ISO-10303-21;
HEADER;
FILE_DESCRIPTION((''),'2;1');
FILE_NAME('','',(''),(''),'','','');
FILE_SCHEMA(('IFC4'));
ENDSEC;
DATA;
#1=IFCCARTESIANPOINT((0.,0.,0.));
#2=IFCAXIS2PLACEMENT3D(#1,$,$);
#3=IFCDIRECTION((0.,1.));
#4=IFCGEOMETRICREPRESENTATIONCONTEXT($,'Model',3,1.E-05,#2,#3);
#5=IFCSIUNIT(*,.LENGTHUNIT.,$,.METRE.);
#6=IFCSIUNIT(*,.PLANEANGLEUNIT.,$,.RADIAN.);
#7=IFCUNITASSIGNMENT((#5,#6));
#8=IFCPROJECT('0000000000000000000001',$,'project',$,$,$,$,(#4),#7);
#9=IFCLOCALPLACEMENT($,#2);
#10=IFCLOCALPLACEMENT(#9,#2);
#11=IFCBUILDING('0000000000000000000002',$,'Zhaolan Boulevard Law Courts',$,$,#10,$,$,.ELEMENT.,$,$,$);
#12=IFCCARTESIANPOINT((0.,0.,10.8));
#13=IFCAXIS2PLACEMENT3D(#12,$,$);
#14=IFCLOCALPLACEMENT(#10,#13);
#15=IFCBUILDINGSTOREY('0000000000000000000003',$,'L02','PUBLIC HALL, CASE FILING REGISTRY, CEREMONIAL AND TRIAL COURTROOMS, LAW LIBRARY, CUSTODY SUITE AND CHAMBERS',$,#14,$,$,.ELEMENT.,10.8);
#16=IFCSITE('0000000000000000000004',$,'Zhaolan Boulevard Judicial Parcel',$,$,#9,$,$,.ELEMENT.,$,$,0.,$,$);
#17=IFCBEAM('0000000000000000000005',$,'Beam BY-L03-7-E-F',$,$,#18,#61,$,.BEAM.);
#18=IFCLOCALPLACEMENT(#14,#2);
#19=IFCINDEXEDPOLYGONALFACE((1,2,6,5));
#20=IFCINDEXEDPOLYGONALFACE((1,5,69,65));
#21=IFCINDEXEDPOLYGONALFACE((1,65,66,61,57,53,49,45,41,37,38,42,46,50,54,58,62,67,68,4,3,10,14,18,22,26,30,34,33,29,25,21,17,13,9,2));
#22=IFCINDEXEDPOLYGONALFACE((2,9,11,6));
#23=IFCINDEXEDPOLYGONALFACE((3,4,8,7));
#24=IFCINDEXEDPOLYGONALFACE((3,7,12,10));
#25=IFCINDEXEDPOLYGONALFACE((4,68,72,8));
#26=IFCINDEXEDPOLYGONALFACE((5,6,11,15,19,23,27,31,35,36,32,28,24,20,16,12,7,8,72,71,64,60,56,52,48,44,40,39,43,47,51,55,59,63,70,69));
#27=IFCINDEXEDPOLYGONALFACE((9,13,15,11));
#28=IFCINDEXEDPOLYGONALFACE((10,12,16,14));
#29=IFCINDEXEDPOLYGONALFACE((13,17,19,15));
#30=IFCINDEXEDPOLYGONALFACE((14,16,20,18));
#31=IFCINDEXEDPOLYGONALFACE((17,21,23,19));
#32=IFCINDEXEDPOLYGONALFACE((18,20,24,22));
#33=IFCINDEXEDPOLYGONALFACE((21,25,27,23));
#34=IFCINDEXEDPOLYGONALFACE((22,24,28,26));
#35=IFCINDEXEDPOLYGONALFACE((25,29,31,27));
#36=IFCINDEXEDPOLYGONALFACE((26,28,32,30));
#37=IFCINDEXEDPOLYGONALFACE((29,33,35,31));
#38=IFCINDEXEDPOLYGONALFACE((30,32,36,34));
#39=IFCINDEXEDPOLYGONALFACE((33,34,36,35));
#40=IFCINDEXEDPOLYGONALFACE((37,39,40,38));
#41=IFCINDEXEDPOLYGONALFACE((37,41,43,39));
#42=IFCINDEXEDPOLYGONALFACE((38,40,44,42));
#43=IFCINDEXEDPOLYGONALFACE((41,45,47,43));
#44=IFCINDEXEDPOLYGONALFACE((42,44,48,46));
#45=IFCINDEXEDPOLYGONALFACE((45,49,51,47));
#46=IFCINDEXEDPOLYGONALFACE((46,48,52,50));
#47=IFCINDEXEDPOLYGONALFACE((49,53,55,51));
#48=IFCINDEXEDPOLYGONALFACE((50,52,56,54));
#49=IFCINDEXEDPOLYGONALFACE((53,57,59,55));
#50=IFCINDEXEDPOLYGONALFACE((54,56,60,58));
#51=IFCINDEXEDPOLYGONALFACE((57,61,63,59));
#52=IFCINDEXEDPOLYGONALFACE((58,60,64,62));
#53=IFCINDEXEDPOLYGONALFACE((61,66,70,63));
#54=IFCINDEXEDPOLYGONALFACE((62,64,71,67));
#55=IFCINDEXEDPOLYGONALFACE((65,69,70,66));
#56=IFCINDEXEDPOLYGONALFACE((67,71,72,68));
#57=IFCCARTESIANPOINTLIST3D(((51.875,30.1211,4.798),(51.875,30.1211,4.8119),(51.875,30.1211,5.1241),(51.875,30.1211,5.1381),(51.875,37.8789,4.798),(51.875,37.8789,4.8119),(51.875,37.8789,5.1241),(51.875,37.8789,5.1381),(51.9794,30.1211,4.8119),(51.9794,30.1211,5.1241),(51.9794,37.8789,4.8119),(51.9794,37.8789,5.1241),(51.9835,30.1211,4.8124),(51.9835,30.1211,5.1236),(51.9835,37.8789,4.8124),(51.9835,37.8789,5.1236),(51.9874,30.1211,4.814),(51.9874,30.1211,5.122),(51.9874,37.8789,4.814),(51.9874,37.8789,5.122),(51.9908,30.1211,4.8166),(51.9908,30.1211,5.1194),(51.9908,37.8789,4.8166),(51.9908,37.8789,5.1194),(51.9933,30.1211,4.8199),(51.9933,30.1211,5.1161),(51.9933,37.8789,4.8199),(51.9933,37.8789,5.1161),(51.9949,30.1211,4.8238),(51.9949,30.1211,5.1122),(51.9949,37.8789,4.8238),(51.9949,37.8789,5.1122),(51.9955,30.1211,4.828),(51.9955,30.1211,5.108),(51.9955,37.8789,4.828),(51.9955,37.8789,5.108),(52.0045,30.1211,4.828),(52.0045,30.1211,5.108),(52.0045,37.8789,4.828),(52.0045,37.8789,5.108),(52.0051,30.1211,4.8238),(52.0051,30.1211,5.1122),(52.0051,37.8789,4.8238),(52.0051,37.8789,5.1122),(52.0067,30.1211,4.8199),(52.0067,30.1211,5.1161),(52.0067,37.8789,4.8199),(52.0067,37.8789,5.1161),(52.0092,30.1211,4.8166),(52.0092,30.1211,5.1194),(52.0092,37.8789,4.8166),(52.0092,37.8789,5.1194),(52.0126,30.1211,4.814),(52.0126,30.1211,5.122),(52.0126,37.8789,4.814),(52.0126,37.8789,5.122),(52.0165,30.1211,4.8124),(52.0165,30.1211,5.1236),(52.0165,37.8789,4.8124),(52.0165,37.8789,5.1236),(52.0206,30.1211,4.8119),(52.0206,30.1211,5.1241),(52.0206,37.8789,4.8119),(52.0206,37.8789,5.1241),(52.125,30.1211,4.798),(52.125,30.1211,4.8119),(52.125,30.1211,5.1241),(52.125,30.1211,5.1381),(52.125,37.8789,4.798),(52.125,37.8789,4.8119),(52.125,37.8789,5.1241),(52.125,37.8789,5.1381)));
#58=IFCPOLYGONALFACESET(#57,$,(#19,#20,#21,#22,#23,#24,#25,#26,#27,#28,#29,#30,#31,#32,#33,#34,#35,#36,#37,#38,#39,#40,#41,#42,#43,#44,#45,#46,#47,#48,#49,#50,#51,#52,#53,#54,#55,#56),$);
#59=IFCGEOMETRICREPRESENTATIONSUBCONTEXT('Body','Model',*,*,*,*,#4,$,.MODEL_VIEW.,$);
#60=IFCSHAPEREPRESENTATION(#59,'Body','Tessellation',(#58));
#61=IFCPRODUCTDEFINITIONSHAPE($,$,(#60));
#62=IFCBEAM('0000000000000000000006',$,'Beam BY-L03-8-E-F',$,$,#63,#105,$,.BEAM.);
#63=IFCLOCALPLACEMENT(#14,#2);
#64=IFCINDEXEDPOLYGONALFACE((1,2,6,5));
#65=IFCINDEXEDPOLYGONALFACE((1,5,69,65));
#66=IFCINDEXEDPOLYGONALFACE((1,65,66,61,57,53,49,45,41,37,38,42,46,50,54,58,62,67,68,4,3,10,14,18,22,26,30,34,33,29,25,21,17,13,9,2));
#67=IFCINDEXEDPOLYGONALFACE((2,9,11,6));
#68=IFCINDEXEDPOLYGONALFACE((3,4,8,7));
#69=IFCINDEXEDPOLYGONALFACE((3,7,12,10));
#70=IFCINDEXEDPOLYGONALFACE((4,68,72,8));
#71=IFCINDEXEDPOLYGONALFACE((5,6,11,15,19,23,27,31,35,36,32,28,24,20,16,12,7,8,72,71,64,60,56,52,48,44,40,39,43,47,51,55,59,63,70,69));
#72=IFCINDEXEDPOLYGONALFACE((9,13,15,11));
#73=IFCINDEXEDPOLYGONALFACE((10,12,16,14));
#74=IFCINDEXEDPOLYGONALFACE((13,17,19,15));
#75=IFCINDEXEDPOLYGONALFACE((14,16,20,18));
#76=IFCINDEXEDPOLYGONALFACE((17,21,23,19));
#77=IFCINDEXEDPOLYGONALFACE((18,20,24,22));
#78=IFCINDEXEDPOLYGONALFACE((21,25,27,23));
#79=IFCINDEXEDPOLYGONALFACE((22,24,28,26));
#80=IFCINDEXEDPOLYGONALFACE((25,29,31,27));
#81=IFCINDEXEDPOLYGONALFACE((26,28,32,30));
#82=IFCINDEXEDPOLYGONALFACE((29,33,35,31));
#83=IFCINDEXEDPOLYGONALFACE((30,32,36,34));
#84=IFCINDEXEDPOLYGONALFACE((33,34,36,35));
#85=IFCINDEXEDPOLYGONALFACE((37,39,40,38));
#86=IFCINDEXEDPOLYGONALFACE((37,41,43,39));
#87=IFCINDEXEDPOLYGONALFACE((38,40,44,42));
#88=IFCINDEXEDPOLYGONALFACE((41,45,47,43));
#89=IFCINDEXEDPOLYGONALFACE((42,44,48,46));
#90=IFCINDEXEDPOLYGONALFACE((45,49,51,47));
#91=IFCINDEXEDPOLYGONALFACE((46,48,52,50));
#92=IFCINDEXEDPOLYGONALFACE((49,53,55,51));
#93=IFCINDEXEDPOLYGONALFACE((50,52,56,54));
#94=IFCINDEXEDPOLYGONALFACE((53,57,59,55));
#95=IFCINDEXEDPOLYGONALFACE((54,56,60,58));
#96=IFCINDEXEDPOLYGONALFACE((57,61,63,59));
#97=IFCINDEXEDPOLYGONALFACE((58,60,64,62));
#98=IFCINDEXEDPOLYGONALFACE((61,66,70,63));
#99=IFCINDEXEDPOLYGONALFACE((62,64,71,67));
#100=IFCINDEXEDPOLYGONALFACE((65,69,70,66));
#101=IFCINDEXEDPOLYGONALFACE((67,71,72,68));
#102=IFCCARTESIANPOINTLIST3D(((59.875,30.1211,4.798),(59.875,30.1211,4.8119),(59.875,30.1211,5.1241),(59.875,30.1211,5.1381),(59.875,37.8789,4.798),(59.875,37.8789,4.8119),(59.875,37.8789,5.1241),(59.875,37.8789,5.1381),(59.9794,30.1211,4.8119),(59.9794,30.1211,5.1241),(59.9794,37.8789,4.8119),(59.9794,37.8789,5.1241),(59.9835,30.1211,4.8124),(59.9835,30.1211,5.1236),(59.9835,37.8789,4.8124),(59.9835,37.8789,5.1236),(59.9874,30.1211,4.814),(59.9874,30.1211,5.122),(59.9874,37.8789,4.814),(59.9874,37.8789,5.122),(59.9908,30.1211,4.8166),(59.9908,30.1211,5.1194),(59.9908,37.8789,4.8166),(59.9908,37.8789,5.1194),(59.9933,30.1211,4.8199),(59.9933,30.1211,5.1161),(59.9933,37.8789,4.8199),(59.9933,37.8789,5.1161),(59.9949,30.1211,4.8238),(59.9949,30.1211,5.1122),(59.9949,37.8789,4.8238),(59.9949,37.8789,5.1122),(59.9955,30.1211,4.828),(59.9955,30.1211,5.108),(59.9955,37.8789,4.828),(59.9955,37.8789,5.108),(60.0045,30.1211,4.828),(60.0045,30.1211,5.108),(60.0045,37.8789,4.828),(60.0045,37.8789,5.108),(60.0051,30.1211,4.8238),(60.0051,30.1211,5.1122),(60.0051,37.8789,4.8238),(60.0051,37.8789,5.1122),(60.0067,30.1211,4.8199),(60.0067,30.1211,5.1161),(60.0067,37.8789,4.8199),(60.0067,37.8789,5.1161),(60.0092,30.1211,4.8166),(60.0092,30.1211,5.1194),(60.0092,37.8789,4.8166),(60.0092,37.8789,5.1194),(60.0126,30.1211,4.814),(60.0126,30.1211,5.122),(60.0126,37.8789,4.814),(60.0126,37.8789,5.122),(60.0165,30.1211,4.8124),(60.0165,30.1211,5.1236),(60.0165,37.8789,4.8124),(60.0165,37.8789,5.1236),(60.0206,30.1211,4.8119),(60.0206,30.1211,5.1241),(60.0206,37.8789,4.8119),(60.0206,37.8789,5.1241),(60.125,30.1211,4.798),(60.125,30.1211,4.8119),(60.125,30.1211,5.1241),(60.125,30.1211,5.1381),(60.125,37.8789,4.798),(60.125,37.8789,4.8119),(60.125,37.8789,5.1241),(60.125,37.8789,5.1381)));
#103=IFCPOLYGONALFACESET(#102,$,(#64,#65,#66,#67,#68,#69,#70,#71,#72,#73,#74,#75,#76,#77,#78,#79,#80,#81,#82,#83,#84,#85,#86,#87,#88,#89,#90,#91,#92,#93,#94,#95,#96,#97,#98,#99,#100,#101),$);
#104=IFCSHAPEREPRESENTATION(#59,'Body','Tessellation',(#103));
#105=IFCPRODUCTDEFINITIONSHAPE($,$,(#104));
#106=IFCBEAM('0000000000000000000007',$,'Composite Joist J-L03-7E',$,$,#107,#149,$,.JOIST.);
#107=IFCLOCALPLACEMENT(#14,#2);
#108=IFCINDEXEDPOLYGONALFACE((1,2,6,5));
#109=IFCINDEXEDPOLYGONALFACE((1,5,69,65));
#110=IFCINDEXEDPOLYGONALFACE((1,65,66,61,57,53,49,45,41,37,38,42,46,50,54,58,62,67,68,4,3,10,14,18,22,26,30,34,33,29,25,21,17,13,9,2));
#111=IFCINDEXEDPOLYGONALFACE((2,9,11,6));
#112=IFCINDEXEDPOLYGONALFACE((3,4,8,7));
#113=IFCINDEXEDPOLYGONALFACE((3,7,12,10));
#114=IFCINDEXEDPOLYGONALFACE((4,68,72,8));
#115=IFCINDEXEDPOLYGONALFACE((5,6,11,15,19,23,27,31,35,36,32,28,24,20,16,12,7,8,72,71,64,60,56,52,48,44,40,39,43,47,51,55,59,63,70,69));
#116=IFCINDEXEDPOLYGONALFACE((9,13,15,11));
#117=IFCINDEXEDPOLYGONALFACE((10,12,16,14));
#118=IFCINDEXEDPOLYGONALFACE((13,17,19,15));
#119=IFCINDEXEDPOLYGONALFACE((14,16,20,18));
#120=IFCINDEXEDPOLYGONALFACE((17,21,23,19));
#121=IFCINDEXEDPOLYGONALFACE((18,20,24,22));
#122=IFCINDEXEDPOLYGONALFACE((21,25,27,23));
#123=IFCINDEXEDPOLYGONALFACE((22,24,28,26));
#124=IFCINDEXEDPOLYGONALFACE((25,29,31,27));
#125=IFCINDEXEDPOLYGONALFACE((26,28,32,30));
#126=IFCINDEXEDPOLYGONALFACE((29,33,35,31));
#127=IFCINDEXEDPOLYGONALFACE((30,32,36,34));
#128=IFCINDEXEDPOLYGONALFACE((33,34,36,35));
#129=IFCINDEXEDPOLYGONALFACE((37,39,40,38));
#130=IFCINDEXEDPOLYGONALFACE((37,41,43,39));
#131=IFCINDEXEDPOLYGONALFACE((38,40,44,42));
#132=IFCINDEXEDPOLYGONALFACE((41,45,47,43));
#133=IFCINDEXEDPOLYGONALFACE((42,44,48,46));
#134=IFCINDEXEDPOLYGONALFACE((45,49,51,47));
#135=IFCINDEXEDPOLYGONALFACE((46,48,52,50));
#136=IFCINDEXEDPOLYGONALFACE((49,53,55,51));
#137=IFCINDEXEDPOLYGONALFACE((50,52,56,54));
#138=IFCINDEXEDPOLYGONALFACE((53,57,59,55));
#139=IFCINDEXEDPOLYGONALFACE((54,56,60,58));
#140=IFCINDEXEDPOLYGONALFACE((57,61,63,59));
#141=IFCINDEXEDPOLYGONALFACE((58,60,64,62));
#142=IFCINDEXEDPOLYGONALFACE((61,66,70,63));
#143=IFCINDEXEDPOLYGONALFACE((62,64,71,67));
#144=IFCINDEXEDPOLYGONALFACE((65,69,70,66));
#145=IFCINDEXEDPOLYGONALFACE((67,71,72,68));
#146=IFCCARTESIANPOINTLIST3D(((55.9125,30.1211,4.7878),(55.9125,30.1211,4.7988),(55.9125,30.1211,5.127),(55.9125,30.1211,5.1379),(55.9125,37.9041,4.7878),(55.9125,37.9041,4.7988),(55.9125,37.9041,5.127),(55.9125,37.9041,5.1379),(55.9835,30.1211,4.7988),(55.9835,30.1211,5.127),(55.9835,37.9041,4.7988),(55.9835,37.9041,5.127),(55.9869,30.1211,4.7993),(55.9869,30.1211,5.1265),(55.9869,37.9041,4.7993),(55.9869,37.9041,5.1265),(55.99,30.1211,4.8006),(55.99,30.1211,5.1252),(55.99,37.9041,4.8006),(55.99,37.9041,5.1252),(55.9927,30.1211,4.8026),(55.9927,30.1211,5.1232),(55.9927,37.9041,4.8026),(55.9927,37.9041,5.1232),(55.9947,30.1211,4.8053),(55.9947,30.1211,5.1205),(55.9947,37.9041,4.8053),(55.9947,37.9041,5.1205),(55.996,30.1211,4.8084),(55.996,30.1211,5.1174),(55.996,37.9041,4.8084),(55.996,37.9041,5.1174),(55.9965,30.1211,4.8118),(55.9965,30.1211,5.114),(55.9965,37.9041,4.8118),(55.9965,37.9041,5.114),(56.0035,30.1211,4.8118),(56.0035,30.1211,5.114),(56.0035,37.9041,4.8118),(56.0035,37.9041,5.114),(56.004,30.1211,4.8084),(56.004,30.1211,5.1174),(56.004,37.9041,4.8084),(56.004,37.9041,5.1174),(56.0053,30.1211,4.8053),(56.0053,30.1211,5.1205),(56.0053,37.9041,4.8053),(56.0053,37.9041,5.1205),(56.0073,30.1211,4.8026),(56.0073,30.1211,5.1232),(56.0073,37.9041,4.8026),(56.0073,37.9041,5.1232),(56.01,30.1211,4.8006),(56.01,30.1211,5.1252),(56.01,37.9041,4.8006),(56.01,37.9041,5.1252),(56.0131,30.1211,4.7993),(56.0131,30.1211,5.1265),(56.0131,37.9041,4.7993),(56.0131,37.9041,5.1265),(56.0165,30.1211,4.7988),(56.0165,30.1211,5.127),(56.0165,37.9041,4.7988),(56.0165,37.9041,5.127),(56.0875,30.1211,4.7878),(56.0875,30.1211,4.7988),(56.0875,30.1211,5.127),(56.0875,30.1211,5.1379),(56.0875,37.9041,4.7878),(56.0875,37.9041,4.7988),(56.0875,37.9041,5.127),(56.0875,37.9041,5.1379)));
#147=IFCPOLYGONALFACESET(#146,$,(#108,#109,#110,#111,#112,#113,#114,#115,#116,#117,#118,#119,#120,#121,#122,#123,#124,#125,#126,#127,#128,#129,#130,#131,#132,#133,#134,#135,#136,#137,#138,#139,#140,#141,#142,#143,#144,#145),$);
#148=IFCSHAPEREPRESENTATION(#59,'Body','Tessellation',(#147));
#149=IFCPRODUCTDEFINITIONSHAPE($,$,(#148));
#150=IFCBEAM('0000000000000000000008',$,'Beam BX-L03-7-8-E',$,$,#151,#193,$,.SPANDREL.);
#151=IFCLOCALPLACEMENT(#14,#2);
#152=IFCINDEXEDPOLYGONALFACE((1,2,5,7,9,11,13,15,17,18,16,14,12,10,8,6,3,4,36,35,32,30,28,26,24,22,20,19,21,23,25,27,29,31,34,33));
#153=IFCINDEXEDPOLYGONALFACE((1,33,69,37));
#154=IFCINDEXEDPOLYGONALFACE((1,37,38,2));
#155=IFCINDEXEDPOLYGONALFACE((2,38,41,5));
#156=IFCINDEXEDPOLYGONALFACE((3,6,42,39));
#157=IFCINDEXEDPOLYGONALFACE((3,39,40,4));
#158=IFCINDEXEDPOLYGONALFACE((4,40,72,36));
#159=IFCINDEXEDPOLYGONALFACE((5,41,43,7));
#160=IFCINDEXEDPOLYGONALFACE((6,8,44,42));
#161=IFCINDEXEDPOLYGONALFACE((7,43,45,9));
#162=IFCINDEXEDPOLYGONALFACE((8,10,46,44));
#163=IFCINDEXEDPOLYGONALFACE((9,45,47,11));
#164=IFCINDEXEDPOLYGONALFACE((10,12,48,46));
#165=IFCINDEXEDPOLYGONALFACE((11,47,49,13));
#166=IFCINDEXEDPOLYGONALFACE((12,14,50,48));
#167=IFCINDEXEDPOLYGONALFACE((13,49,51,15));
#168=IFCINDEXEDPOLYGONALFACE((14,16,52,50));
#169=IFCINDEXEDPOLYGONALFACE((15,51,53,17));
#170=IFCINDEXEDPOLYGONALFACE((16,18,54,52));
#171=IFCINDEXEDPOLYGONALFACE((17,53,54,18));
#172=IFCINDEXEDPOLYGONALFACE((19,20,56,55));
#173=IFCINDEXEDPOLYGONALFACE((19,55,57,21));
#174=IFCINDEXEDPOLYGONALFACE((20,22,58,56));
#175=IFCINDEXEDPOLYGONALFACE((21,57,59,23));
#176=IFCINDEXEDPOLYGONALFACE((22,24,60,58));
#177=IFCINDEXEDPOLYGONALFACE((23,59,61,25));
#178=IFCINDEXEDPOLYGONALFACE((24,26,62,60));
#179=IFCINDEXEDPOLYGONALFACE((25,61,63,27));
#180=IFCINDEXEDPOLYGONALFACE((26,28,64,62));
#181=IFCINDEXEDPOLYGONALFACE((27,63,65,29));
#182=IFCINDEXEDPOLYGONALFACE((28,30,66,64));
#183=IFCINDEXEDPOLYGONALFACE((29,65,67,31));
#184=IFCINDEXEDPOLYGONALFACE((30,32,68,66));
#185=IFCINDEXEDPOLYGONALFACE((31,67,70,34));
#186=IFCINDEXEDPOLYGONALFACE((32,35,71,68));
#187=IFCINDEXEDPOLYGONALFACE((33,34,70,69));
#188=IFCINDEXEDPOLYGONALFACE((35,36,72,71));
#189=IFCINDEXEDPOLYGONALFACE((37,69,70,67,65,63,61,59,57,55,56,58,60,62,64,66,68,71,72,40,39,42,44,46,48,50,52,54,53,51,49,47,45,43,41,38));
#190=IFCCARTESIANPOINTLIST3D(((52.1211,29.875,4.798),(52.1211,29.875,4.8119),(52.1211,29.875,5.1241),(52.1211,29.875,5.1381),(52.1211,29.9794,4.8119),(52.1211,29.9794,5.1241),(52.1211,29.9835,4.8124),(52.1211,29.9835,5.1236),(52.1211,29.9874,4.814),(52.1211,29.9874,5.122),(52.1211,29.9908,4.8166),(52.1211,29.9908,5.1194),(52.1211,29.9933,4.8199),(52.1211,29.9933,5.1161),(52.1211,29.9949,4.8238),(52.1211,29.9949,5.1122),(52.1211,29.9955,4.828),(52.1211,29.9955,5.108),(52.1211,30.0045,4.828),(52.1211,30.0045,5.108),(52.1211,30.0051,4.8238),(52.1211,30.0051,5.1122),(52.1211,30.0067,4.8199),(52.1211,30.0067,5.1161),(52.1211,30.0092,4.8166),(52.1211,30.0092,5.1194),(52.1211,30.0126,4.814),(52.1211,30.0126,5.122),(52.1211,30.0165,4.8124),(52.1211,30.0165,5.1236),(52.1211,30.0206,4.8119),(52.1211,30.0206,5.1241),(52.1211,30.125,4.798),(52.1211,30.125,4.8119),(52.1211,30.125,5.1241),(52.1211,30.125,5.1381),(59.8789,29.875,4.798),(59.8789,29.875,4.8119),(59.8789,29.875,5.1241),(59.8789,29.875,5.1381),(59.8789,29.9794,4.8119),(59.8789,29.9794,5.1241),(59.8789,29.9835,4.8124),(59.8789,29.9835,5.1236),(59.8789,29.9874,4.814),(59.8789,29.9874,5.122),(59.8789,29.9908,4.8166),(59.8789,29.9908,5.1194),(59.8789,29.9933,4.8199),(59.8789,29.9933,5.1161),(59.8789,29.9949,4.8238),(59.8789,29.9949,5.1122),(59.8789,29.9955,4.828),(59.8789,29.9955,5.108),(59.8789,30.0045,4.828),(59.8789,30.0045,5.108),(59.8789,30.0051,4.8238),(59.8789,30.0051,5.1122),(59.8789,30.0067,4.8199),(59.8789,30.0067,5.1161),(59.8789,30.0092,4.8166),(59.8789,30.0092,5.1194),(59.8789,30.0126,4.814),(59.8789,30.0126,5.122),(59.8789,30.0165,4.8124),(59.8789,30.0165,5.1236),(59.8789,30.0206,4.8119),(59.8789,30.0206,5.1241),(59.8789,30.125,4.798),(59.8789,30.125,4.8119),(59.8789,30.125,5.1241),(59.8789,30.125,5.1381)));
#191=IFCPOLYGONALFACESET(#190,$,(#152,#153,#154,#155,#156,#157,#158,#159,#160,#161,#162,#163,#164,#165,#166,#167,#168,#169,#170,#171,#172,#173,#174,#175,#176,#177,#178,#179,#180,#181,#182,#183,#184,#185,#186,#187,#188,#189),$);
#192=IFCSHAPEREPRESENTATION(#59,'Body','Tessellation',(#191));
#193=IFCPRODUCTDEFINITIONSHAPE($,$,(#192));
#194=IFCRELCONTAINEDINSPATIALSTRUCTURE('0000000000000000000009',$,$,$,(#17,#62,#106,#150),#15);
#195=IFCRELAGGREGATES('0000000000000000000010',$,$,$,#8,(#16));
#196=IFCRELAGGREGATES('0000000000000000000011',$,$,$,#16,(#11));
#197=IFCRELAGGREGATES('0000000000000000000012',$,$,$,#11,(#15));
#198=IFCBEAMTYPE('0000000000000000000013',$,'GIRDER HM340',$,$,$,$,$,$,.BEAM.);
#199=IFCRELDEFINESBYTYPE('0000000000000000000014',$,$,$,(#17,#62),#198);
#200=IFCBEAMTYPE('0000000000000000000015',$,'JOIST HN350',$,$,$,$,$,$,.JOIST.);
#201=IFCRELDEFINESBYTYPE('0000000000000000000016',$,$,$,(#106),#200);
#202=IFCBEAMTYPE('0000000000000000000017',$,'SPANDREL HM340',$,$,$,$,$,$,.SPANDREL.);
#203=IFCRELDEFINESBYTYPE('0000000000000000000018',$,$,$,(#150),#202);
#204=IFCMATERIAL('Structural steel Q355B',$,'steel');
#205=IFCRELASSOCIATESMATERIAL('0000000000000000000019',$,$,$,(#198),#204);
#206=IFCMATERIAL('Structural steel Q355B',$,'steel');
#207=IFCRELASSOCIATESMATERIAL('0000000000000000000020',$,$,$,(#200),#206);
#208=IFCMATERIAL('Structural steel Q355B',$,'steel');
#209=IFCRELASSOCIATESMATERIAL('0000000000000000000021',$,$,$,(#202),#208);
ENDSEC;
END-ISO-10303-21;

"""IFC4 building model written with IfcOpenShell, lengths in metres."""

from ifc_helpers import new_model, si_unit, direction, frame, origin, origin_2d, place, context, subcontext, project, spatial, i_section, extrude, material, material_profile, profile_set, type_object, element, save


model = new_model("IFC4")

# Units and contexts
model_context = context("Model", 3, precision=1e-05, world=origin(), true_north=direction((0.0, 1.0)))
body_context = subcontext(model_context, "Body", "Model", "MODEL_VIEW")
ifc_project = project(units=[si_unit("LENGTHUNIT", "METRE"), si_unit("PLANEANGLEUNIT", "RADIAN")], contexts=[model_context])

# Site, building, storey
site_placement = place(None, origin())
site = spatial("IfcSite", under=ifc_project, at=site_placement, Name="Zhaolan Boulevard Judicial Parcel", CompositionType="ELEMENT", RefElevation=0.0)
building_placement = place(site_placement, origin())
building = spatial("IfcBuilding", under=site, at=building_placement, Name="Zhaolan Boulevard Law Courts", CompositionType="ELEMENT")
storey_placement = place(building_placement, frame((0.0, 0.0, 10.8)))
storey = spatial("IfcBuildingStorey", under=building, at=storey_placement, Name="L02", Description="PUBLIC HALL, CASE FILING REGISTRY, CEREMONIAL AND TRIAL COURTROOMS, LAW LIBRARY, CUSTODY SUITE AND CHAMBERS", CompositionType="ELEMENT", Elevation=10.8)

# Beams
ifc_material_1 = material(Name="Structural steel Q355B", Category="steel")
ifc_material_profile_1 = material_profile(ifc_material_1, i_section(OverallWidth=0.25, OverallDepth=0.3401, WebThickness=0.009, FlangeThickness=0.0139, FilletRadius=0.0161, at=origin_2d()), Name="HM340x250")
ifc_profile_set_1 = profile_set([ifc_material_profile_1], Name="Structural steel Q355B")
beam_type_1 = type_object("IfcBeamType", Name="GIRDER HM340", PredefinedType="BEAM", material=ifc_profile_set_1)
for number, where, z_axis, x_axis, name in (
    (1, (52.0, 30.1211, 4.968), (0.0, 1.0, 0.0), (-1.0, 0.0, 0.0), "Beam BY-L03-7-E-F"),
    (2, (60.0, 30.1211, 4.968), (0.0, 1.0, 0.0), (-1.0, 0.0, 0.0), "Beam BY-L03-8-E-F"),
):
    element("IfcBeam", number, at=place(storey_placement, frame(where, z_axis=z_axis, x_axis=x_axis)), inside=storey, type_object=beam_type_1, Name=name, PredefinedType="BEAM", context=body_context, shape_type="SweptSolid", body=[
        extrude(i_section(OverallWidth=0.25, OverallDepth=0.3401, WebThickness=0.009, FlangeThickness=0.0139, FilletRadius=0.0161, at=origin_2d()), origin(), (0.0, 0.0, 1.0), 7.7578),
    ])
ifc_material_2 = material(Name="Structural steel Q355B", Category="steel")
ifc_material_profile_2 = material_profile(ifc_material_2, i_section(OverallWidth=0.175, OverallDepth=0.3501, WebThickness=0.0071, FlangeThickness=0.011, FilletRadius=0.0129, at=origin_2d()), Name="HN350x175")
ifc_profile_set_2 = profile_set([ifc_material_profile_2], Name="Structural steel Q355B")
beam_type_2 = type_object("IfcBeamType", Name="JOIST HN350", PredefinedType="JOIST", material=ifc_profile_set_2)
beam_1_placement = place(storey_placement, frame((56.0, 30.1211, 4.9629), z_axis=(0.0, 1.0, 0.0), x_axis=(-1.0, 0.0, 0.0)))
element("IfcBeam", 3, at=beam_1_placement, inside=storey, type_object=beam_type_2, Name="Composite Joist J-L03-7E", PredefinedType="JOIST", context=body_context, shape_type="SweptSolid", body=[
    extrude(i_section(OverallWidth=0.175, OverallDepth=0.3501, WebThickness=0.0071, FlangeThickness=0.011, FilletRadius=0.0129, at=origin_2d()), origin(), (0.0, 0.0, 1.0), 7.783),
])
ifc_material_3 = material(Name="Structural steel Q355B", Category="steel")
ifc_material_profile_3 = material_profile(ifc_material_3, i_section(OverallWidth=0.25, OverallDepth=0.3401, WebThickness=0.009, FlangeThickness=0.0139, FilletRadius=0.0161, at=origin_2d()), Name="HM340x250")
ifc_profile_set_3 = profile_set([ifc_material_profile_3], Name="Structural steel Q355B")
beam_type_3 = type_object("IfcBeamType", Name="SPANDREL HM340", PredefinedType="SPANDREL", material=ifc_profile_set_3)
beam_2_placement = place(storey_placement, frame((52.1211, 30.0, 4.968), z_axis=(1.0, 0.0, 0.0), x_axis=(0.0, 1.0, 0.0)))
element("IfcBeam", 4, at=beam_2_placement, inside=storey, type_object=beam_type_3, Name="Beam BX-L03-7-8-E", PredefinedType="SPANDREL", context=body_context, shape_type="SweptSolid", body=[
    extrude(i_section(OverallWidth=0.25, OverallDepth=0.3401, WebThickness=0.009, FlangeThickness=0.0139, FilletRadius=0.0161, at=origin_2d()), origin(), (0.0, 0.0, 1.0), 7.7578),
])

save(model, "model.ifc")
